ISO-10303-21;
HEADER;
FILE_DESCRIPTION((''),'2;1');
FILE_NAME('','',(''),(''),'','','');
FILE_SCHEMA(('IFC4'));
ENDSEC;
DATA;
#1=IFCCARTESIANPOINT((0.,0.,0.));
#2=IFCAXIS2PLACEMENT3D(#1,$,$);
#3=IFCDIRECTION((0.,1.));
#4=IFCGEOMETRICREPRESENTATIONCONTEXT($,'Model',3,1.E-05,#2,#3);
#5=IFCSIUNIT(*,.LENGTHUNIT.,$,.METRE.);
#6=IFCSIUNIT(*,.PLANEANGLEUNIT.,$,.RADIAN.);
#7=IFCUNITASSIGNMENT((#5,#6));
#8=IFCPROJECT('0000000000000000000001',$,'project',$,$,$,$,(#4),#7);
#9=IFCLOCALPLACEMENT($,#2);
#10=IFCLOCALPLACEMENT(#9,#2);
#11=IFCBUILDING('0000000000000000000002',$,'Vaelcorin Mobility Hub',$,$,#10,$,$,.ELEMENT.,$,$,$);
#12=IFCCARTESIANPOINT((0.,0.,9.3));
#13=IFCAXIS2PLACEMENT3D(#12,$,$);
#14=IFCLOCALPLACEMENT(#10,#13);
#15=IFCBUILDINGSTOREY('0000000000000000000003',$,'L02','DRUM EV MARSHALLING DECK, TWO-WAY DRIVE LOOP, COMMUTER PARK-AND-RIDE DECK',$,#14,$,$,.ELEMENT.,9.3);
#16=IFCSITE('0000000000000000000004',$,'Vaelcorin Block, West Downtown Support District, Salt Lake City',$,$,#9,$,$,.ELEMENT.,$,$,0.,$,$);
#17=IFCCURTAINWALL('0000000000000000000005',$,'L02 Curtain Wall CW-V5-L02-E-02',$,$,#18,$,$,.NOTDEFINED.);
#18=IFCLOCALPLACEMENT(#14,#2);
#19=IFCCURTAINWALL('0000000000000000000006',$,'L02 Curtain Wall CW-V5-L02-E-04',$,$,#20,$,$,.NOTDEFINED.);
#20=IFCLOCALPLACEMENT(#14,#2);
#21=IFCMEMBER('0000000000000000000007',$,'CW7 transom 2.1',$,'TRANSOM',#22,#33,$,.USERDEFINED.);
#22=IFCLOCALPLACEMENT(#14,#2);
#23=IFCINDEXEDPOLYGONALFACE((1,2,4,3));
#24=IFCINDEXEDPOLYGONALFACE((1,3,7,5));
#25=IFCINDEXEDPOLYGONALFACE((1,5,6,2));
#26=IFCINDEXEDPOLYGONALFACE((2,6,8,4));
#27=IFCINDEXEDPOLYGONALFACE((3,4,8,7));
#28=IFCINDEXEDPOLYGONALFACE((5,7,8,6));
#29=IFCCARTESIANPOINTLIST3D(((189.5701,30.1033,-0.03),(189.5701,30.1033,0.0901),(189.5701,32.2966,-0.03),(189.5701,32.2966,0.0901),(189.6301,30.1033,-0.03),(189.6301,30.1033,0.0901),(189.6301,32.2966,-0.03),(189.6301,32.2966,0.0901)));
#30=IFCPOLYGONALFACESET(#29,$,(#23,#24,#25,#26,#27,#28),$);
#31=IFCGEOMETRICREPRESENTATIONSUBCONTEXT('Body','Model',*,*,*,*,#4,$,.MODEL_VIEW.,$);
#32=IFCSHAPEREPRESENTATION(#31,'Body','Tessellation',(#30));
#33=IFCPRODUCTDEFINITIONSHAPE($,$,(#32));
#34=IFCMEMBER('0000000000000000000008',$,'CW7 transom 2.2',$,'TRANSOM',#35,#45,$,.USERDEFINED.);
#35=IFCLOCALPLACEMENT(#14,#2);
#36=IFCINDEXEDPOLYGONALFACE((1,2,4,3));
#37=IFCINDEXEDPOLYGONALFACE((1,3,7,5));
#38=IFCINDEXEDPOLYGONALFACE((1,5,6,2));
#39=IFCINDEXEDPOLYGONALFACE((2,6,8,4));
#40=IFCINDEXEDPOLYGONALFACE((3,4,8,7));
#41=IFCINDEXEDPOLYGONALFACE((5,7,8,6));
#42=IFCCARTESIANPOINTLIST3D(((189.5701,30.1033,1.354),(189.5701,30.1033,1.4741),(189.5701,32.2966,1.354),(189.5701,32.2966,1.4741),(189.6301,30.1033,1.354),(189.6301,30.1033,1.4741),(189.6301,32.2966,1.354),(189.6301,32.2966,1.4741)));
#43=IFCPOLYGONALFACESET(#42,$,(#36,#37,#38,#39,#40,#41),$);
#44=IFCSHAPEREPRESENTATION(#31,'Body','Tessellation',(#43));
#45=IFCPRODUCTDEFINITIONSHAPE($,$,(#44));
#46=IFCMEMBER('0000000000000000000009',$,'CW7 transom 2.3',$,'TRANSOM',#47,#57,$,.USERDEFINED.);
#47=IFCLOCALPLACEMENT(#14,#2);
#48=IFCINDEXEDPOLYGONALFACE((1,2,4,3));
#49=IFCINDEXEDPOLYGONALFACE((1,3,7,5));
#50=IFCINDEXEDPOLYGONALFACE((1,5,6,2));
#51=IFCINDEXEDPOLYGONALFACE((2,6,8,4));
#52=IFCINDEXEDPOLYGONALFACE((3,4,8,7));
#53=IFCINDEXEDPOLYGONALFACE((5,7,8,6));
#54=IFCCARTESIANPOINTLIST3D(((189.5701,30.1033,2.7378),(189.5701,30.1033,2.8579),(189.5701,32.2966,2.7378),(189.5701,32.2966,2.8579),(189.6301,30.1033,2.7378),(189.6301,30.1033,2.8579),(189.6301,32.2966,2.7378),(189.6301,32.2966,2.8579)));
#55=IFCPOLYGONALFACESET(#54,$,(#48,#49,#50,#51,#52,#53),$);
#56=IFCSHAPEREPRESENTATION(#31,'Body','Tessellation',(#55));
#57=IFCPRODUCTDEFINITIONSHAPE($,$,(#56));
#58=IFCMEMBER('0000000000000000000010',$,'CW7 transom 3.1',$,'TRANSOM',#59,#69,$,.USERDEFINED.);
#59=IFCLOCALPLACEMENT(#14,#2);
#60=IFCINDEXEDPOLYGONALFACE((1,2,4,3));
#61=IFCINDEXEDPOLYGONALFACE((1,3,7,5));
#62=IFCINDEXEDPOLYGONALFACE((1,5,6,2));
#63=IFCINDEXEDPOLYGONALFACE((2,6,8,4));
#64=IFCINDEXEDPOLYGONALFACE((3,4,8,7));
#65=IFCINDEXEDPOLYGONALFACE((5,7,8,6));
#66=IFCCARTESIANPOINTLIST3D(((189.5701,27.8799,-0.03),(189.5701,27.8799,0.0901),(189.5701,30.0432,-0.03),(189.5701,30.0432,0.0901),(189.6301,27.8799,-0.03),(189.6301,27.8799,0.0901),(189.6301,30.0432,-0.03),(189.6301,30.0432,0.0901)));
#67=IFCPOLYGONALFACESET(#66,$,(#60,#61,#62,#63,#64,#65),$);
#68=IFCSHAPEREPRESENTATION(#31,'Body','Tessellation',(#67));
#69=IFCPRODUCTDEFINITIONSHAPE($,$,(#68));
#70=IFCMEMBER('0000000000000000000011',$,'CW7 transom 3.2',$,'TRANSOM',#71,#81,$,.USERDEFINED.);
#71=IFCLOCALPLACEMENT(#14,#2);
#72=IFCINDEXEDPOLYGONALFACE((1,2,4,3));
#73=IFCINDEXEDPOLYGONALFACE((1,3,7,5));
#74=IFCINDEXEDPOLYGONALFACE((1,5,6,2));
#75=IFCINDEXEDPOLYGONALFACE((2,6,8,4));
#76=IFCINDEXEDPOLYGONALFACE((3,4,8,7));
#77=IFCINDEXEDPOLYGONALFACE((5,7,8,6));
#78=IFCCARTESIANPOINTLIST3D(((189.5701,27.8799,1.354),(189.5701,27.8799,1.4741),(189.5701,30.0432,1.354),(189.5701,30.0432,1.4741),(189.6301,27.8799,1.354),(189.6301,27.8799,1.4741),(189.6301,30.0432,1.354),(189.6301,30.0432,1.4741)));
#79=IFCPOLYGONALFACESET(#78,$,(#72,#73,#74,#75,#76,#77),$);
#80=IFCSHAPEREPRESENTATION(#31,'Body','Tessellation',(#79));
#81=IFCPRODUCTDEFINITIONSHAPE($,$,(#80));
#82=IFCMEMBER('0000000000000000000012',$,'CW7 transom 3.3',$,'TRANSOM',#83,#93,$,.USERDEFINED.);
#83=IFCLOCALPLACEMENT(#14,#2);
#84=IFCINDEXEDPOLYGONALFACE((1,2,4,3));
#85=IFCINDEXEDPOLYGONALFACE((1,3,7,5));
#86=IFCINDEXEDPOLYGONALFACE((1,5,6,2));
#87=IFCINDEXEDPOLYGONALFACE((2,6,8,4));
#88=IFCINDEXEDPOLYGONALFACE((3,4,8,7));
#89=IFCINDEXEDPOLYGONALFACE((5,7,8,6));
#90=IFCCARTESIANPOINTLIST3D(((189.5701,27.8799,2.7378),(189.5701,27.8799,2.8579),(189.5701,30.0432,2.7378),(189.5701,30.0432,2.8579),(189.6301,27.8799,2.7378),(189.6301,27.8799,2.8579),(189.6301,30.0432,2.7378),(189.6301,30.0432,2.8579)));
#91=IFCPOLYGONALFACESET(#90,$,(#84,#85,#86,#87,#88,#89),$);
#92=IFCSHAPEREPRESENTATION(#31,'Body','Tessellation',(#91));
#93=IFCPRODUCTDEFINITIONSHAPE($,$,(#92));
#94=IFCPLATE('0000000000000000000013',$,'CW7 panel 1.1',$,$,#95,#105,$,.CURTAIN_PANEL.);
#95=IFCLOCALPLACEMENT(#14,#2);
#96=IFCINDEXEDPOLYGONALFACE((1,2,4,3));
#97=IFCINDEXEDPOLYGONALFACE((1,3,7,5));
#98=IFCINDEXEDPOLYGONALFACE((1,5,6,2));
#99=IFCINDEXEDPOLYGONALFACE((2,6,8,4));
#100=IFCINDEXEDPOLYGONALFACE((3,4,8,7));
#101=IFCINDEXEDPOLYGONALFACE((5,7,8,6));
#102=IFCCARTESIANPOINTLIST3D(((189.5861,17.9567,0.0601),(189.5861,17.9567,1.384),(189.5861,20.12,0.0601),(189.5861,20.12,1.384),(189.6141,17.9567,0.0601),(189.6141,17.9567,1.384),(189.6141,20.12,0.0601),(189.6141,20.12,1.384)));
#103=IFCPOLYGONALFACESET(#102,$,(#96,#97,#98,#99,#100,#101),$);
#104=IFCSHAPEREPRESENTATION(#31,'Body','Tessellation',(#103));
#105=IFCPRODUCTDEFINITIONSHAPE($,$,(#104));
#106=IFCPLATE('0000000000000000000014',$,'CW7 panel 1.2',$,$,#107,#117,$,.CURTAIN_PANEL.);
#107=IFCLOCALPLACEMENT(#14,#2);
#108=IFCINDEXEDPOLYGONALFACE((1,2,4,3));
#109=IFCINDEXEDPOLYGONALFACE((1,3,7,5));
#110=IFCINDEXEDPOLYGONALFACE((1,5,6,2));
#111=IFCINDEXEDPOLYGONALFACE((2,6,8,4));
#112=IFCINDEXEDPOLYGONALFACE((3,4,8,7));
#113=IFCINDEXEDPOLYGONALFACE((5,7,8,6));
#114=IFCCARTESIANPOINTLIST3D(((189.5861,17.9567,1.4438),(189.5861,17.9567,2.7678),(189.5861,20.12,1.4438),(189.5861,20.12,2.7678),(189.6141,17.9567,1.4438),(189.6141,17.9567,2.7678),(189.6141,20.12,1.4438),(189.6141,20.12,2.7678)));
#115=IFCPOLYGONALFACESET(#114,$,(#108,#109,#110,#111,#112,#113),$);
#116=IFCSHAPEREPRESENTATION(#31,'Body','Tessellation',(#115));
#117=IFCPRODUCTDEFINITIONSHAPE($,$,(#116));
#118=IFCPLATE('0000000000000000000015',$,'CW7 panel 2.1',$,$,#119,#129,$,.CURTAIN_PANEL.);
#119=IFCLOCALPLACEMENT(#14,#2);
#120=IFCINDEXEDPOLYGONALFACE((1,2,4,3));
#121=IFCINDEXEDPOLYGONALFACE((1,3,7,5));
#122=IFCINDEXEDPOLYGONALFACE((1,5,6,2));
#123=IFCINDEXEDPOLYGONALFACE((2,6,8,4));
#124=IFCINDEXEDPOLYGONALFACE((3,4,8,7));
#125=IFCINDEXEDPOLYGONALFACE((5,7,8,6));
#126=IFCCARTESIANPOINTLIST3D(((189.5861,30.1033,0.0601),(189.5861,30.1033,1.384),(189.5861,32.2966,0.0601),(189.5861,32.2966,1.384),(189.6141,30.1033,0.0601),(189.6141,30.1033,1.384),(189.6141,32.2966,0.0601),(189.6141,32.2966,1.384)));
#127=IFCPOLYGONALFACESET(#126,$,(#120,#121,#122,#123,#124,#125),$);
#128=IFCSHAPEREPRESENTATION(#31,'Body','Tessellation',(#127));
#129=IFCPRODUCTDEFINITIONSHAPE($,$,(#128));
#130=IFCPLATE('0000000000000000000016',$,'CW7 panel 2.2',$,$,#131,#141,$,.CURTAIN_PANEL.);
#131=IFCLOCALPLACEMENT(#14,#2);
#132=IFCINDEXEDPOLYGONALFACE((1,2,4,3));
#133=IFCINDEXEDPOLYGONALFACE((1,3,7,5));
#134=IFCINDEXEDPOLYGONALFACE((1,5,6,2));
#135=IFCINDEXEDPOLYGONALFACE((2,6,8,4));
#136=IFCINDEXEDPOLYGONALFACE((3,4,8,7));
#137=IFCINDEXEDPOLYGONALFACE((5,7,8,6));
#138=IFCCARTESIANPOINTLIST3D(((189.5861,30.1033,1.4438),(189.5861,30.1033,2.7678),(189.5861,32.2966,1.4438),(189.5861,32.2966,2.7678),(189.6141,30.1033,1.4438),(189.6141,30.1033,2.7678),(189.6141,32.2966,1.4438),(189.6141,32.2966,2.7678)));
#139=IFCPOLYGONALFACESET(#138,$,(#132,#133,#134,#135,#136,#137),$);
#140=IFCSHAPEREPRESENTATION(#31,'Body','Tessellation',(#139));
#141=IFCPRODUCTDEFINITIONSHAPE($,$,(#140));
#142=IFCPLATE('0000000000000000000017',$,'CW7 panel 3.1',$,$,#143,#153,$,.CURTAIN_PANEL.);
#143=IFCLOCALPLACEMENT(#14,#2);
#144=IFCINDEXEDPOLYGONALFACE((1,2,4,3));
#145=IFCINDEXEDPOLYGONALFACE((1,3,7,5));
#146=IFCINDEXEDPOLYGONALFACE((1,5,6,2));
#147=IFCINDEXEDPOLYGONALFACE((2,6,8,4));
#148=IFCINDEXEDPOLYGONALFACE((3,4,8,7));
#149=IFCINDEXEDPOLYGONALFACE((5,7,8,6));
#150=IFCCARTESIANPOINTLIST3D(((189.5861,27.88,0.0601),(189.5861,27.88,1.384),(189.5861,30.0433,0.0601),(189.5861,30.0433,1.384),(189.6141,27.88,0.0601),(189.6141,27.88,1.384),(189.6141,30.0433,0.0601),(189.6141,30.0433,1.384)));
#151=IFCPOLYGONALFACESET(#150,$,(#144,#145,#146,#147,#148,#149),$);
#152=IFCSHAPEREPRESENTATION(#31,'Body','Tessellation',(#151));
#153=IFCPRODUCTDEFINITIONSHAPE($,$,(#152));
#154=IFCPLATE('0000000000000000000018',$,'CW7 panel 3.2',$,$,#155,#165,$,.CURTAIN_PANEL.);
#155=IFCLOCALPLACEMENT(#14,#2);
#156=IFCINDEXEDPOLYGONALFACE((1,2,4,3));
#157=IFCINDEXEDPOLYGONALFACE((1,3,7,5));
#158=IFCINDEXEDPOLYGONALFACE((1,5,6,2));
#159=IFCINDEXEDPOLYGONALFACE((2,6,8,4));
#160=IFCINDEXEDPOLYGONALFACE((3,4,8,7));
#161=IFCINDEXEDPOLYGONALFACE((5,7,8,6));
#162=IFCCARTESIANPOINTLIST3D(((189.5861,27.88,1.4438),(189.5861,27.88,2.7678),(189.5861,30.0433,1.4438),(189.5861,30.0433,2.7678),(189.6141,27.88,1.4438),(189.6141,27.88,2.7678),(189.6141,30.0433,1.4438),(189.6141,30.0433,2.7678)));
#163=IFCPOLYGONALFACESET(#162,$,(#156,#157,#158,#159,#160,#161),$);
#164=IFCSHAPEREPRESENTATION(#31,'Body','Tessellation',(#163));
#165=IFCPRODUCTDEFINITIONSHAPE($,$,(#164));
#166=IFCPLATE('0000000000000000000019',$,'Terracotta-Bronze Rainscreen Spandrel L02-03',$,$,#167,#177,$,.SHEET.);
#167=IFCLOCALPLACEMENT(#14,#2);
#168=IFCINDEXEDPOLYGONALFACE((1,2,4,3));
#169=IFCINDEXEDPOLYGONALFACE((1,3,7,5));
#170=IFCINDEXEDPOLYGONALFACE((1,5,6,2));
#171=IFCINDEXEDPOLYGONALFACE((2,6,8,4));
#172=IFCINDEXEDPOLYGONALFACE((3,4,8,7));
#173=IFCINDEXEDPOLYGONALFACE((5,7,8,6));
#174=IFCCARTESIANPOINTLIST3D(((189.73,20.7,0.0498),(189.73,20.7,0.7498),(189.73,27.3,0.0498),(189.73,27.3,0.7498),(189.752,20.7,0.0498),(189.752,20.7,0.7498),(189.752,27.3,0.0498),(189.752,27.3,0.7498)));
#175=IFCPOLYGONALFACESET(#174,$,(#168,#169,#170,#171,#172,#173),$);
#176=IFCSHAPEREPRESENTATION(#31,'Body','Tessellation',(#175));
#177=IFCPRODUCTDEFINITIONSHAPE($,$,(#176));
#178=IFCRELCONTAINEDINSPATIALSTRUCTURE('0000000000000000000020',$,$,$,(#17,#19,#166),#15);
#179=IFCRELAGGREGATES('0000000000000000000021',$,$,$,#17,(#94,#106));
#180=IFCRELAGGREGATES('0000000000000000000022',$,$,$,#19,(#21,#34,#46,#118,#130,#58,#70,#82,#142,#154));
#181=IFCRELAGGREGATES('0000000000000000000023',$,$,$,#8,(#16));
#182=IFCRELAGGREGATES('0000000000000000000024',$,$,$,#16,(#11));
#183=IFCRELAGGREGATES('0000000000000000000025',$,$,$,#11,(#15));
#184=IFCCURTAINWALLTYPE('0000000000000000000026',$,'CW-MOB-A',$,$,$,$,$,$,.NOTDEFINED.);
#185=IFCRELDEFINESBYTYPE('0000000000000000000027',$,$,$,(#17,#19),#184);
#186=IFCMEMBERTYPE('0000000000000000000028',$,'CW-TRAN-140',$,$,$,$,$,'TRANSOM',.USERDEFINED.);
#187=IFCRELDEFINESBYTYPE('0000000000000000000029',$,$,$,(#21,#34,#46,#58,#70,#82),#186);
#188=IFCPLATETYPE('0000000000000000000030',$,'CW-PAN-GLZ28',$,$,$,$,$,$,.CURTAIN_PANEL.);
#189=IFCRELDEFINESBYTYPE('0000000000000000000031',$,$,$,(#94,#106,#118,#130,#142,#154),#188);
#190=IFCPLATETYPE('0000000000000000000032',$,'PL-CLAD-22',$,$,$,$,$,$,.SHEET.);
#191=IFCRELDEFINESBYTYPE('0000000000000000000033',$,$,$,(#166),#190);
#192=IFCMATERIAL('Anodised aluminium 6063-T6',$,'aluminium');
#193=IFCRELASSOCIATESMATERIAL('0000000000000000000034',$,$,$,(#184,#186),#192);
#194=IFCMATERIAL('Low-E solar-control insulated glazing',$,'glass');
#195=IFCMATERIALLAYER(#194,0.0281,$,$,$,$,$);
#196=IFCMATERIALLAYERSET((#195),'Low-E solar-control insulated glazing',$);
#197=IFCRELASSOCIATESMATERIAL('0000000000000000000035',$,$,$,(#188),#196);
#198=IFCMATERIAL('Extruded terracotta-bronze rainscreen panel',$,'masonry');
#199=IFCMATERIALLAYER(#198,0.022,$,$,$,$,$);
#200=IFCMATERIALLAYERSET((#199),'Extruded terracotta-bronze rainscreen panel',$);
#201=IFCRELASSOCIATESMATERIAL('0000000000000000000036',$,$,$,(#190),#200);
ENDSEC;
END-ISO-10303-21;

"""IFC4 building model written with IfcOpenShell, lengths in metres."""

from ifc_helpers import new_model, si_unit, direction, frame, origin, origin_2d, place, context, subcontext, project, spatial, rectangle, extrude, material, layer, layer_set, material_profile, profile_set, type_object, element, aggregate, save


model = new_model("IFC4")

# Units and contexts
model_context = context("Model", 3, precision=1e-05, world=origin(), true_north=direction((0.0, 1.0)))
body_context = subcontext(model_context, "Body", "Model", "MODEL_VIEW")
ifc_project = project(units=[si_unit("LENGTHUNIT", "METRE"), si_unit("PLANEANGLEUNIT", "RADIAN")], contexts=[model_context])

# Site, building, storey
site_placement = place(None, origin())
site = spatial("IfcSite", under=ifc_project, at=site_placement, Name="Vaelcorin Block, West Downtown Support District, Salt Lake City", CompositionType="ELEMENT", RefElevation=0.0)
building_placement = place(site_placement, origin())
building = spatial("IfcBuilding", under=site, at=building_placement, Name="Vaelcorin Mobility Hub", CompositionType="ELEMENT")
storey_placement = place(building_placement, frame((0.0, 0.0, 9.3)))
storey = spatial("IfcBuildingStorey", under=building, at=storey_placement, Name="L02", Description="DRUM EV MARSHALLING DECK, TWO-WAY DRIVE LOOP, COMMUTER PARK-AND-RIDE DECK", CompositionType="ELEMENT", Elevation=9.3)

# Curtain wall
ifc_material_1 = material(Name="Anodised aluminium 6063-T6", Category="aluminium")
curtain_wall_type = type_object("IfcCurtainWallType", Name="CW-MOB-A", PredefinedType="NOTDEFINED", material=ifc_material_1)
curtain_wall_1_placement = place(storey_placement, origin())
curtain_wall_1 = element("IfcCurtainWall", 1, at=curtain_wall_1_placement, inside=storey, type_object=curtain_wall_type, Name="L02 Curtain Wall CW-V5-L02-E-02", PredefinedType="NOTDEFINED")

# Curtain wall
curtain_wall_2_placement = place(storey_placement, origin())
curtain_wall_2 = element("IfcCurtainWall", 2, at=curtain_wall_2_placement, inside=storey, type_object=curtain_wall_type, Name="L02 Curtain Wall CW-V5-L02-E-04", PredefinedType="NOTDEFINED")

# Members
ifc_material_profile_1 = material_profile(ifc_material_1, rectangle(XDim=0.0601, YDim=0.1201, at=origin_2d()), Name="ALU-T60X120")
ifc_profile_set_1 = profile_set([ifc_material_profile_1], Name="Anodised aluminium 6063-T6")
member_type_1 = type_object("IfcMemberType", Name="CW-TRAN-140", ElementType="TRANSOM", PredefinedType="USERDEFINED", material=ifc_profile_set_1)
member_1_placement = place(storey_placement, frame((189.6001, 32.2966, 0.03), z_axis=(0.0, -1.0, 0.0), x_axis=(1.0, 0.0, 0.0)))
member_1 = element("IfcMember", 3, at=member_1_placement, type_object=member_type_1, Name="CW7 transom 2.1", ObjectType="TRANSOM", PredefinedType="USERDEFINED", context=body_context, shape_type="SweptSolid", body=[
    extrude(rectangle(XDim=0.0601, YDim=0.1201, at=origin_2d()), origin(), (0.0, 0.0, 1.0), 2.1934),
])
member_2_placement = place(storey_placement, frame((189.6001, 32.2966, 1.4141), z_axis=(0.0, -1.0, 0.0), x_axis=(1.0, 0.0, 0.0)))
member_2 = element("IfcMember", 4, at=member_2_placement, type_object=member_type_1, Name="CW7 transom 2.2", ObjectType="TRANSOM", PredefinedType="USERDEFINED", context=body_context, shape_type="SweptSolid", body=[
    extrude(rectangle(XDim=0.0601, YDim=0.1201, at=origin_2d()), origin(), (0.0, 0.0, 1.0), 2.1934),
])
member_3_placement = place(storey_placement, frame((189.6001, 32.2966, 2.7979), z_axis=(0.0, -1.0, 0.0), x_axis=(1.0, 0.0, 0.0)))
member_3 = element("IfcMember", 5, at=member_3_placement, type_object=member_type_1, Name="CW7 transom 2.3", ObjectType="TRANSOM", PredefinedType="USERDEFINED", context=body_context, shape_type="SweptSolid", body=[
    extrude(rectangle(XDim=0.0601, YDim=0.1201, at=origin_2d()), origin(), (0.0, 0.0, 1.0), 2.1934),
])
member_4_placement = place(storey_placement, frame((189.6001, 30.0432, 0.03), z_axis=(0.0, -1.0, 0.0), x_axis=(1.0, 0.0, 0.0)))
member_4 = element("IfcMember", 6, at=member_4_placement, type_object=member_type_1, Name="CW7 transom 3.1", ObjectType="TRANSOM", PredefinedType="USERDEFINED", context=body_context, shape_type="SweptSolid", body=[
    extrude(rectangle(XDim=0.0601, YDim=0.1201, at=origin_2d()), origin(), (0.0, 0.0, 1.0), 2.1633),
])
member_5_placement = place(storey_placement, frame((189.6001, 30.0432, 1.4141), z_axis=(0.0, -1.0, 0.0), x_axis=(1.0, 0.0, 0.0)))
member_5 = element("IfcMember", 7, at=member_5_placement, type_object=member_type_1, Name="CW7 transom 3.2", ObjectType="TRANSOM", PredefinedType="USERDEFINED", context=body_context, shape_type="SweptSolid", body=[
    extrude(rectangle(XDim=0.0601, YDim=0.1201, at=origin_2d()), origin(), (0.0, 0.0, 1.0), 2.1633),
])
member_6_placement = place(storey_placement, frame((189.6001, 30.0432, 2.7979), z_axis=(0.0, -1.0, 0.0), x_axis=(1.0, 0.0, 0.0)))
member_6 = element("IfcMember", 8, at=member_6_placement, type_object=member_type_1, Name="CW7 transom 3.3", ObjectType="TRANSOM", PredefinedType="USERDEFINED", context=body_context, shape_type="SweptSolid", body=[
    extrude(rectangle(XDim=0.0601, YDim=0.1201, at=origin_2d()), origin(), (0.0, 0.0, 1.0), 2.1633),
])

# Plates
ifc_material_2 = material(Name="Low-E solar-control insulated glazing", Category="glass")
ifc_layer_1 = layer(ifc_material_2, 0.0281)
ifc_layer_set_1 = layer_set([ifc_layer_1], Name="Low-E solar-control insulated glazing")
plate_type_1 = type_object("IfcPlateType", Name="CW-PAN-GLZ28", PredefinedType="CURTAIN_PANEL", material=ifc_layer_set_1)
plate_1_placement = place(storey_placement, frame((189.6001, 19.0383, 0.0601), z_axis=(0.0, 0.0, 1.0), x_axis=(0.0, -1.0, 0.0)))
plate_1 = element("IfcPlate", 9, at=plate_1_placement, type_object=plate_type_1, Name="CW7 panel 1.1", PredefinedType="CURTAIN_PANEL", context=body_context, shape_type="SweptSolid", body=[
    extrude(rectangle(XDim=2.1633, YDim=0.0281, at=origin_2d()), origin(), (0.0, 0.0, 1.0), 1.324),
])
plate_2_placement = place(storey_placement, frame((189.6001, 19.0383, 1.4438), z_axis=(0.0, 0.0, 1.0), x_axis=(0.0, -1.0, 0.0)))
plate_2 = element("IfcPlate", 10, at=plate_2_placement, type_object=plate_type_1, Name="CW7 panel 1.2", PredefinedType="CURTAIN_PANEL", context=body_context, shape_type="SweptSolid", body=[
    extrude(rectangle(XDim=2.1633, YDim=0.0281, at=origin_2d()), origin(), (0.0, 0.0, 1.0), 1.324),
])
aggregate(curtain_wall_1, [plate_1, plate_2])
plate_3_placement = place(storey_placement, frame((189.6001, 31.2, 0.0601), z_axis=(0.0, 0.0, 1.0), x_axis=(0.0, -1.0, 0.0)))
plate_3 = element("IfcPlate", 11, at=plate_3_placement, type_object=plate_type_1, Name="CW7 panel 2.1", PredefinedType="CURTAIN_PANEL", context=body_context, shape_type="SweptSolid", body=[
    extrude(rectangle(XDim=2.1934, YDim=0.0281, at=origin_2d()), origin(), (0.0, 0.0, 1.0), 1.324),
])
plate_4_placement = place(storey_placement, frame((189.6001, 31.2, 1.4438), z_axis=(0.0, 0.0, 1.0), x_axis=(0.0, -1.0, 0.0)))
plate_4 = element("IfcPlate", 12, at=plate_4_placement, type_object=plate_type_1, Name="CW7 panel 2.2", PredefinedType="CURTAIN_PANEL", context=body_context, shape_type="SweptSolid", body=[
    extrude(rectangle(XDim=2.1934, YDim=0.0281, at=origin_2d()), origin(), (0.0, 0.0, 1.0), 1.324),
])
plate_5_placement = place(storey_placement, frame((189.6001, 28.9617, 0.0601), z_axis=(0.0, 0.0, 1.0), x_axis=(0.0, -1.0, 0.0)))
plate_5 = element("IfcPlate", 13, at=plate_5_placement, type_object=plate_type_1, Name="CW7 panel 3.1", PredefinedType="CURTAIN_PANEL", context=body_context, shape_type="SweptSolid", body=[
    extrude(rectangle(XDim=2.1633, YDim=0.0281, at=origin_2d()), origin(), (0.0, 0.0, 1.0), 1.324),
])
plate_6_placement = place(storey_placement, frame((189.6001, 28.9617, 1.4438), z_axis=(0.0, 0.0, 1.0), x_axis=(0.0, -1.0, 0.0)))
plate_6 = element("IfcPlate", 14, at=plate_6_placement, type_object=plate_type_1, Name="CW7 panel 3.2", PredefinedType="CURTAIN_PANEL", context=body_context, shape_type="SweptSolid", body=[
    extrude(rectangle(XDim=2.1633, YDim=0.0281, at=origin_2d()), origin(), (0.0, 0.0, 1.0), 1.324),
])
aggregate(curtain_wall_2, [member_1, member_2, member_3, plate_3, plate_4, member_4, member_5, member_6, plate_5, plate_6])
ifc_material_3 = material(Name="Extruded terracotta-bronze rainscreen panel", Category="masonry")
ifc_layer_2 = layer(ifc_material_3, 0.022)
ifc_layer_set_2 = layer_set([ifc_layer_2], Name="Extruded terracotta-bronze rainscreen panel")
plate_type_2 = type_object("IfcPlateType", Name="PL-CLAD-22", PredefinedType="SHEET", material=ifc_layer_set_2)
plate_7_placement = place(storey_placement, frame((189.741, 24.0, 0.0498), z_axis=(0.0, 0.0, 1.0), x_axis=(1.0, 0.0, 0.0)))
element("IfcPlate", 15, at=plate_7_placement, inside=storey, type_object=plate_type_2, Name="Terracotta-Bronze Rainscreen Spandrel L02-03", PredefinedType="SHEET", context=body_context, shape_type="SweptSolid", body=[
    extrude(rectangle(XDim=0.022, YDim=6.6001, at=origin_2d()), origin(), (0.0, 0.0, 1.0), 0.7),
])

save(model, "model.ifc")
